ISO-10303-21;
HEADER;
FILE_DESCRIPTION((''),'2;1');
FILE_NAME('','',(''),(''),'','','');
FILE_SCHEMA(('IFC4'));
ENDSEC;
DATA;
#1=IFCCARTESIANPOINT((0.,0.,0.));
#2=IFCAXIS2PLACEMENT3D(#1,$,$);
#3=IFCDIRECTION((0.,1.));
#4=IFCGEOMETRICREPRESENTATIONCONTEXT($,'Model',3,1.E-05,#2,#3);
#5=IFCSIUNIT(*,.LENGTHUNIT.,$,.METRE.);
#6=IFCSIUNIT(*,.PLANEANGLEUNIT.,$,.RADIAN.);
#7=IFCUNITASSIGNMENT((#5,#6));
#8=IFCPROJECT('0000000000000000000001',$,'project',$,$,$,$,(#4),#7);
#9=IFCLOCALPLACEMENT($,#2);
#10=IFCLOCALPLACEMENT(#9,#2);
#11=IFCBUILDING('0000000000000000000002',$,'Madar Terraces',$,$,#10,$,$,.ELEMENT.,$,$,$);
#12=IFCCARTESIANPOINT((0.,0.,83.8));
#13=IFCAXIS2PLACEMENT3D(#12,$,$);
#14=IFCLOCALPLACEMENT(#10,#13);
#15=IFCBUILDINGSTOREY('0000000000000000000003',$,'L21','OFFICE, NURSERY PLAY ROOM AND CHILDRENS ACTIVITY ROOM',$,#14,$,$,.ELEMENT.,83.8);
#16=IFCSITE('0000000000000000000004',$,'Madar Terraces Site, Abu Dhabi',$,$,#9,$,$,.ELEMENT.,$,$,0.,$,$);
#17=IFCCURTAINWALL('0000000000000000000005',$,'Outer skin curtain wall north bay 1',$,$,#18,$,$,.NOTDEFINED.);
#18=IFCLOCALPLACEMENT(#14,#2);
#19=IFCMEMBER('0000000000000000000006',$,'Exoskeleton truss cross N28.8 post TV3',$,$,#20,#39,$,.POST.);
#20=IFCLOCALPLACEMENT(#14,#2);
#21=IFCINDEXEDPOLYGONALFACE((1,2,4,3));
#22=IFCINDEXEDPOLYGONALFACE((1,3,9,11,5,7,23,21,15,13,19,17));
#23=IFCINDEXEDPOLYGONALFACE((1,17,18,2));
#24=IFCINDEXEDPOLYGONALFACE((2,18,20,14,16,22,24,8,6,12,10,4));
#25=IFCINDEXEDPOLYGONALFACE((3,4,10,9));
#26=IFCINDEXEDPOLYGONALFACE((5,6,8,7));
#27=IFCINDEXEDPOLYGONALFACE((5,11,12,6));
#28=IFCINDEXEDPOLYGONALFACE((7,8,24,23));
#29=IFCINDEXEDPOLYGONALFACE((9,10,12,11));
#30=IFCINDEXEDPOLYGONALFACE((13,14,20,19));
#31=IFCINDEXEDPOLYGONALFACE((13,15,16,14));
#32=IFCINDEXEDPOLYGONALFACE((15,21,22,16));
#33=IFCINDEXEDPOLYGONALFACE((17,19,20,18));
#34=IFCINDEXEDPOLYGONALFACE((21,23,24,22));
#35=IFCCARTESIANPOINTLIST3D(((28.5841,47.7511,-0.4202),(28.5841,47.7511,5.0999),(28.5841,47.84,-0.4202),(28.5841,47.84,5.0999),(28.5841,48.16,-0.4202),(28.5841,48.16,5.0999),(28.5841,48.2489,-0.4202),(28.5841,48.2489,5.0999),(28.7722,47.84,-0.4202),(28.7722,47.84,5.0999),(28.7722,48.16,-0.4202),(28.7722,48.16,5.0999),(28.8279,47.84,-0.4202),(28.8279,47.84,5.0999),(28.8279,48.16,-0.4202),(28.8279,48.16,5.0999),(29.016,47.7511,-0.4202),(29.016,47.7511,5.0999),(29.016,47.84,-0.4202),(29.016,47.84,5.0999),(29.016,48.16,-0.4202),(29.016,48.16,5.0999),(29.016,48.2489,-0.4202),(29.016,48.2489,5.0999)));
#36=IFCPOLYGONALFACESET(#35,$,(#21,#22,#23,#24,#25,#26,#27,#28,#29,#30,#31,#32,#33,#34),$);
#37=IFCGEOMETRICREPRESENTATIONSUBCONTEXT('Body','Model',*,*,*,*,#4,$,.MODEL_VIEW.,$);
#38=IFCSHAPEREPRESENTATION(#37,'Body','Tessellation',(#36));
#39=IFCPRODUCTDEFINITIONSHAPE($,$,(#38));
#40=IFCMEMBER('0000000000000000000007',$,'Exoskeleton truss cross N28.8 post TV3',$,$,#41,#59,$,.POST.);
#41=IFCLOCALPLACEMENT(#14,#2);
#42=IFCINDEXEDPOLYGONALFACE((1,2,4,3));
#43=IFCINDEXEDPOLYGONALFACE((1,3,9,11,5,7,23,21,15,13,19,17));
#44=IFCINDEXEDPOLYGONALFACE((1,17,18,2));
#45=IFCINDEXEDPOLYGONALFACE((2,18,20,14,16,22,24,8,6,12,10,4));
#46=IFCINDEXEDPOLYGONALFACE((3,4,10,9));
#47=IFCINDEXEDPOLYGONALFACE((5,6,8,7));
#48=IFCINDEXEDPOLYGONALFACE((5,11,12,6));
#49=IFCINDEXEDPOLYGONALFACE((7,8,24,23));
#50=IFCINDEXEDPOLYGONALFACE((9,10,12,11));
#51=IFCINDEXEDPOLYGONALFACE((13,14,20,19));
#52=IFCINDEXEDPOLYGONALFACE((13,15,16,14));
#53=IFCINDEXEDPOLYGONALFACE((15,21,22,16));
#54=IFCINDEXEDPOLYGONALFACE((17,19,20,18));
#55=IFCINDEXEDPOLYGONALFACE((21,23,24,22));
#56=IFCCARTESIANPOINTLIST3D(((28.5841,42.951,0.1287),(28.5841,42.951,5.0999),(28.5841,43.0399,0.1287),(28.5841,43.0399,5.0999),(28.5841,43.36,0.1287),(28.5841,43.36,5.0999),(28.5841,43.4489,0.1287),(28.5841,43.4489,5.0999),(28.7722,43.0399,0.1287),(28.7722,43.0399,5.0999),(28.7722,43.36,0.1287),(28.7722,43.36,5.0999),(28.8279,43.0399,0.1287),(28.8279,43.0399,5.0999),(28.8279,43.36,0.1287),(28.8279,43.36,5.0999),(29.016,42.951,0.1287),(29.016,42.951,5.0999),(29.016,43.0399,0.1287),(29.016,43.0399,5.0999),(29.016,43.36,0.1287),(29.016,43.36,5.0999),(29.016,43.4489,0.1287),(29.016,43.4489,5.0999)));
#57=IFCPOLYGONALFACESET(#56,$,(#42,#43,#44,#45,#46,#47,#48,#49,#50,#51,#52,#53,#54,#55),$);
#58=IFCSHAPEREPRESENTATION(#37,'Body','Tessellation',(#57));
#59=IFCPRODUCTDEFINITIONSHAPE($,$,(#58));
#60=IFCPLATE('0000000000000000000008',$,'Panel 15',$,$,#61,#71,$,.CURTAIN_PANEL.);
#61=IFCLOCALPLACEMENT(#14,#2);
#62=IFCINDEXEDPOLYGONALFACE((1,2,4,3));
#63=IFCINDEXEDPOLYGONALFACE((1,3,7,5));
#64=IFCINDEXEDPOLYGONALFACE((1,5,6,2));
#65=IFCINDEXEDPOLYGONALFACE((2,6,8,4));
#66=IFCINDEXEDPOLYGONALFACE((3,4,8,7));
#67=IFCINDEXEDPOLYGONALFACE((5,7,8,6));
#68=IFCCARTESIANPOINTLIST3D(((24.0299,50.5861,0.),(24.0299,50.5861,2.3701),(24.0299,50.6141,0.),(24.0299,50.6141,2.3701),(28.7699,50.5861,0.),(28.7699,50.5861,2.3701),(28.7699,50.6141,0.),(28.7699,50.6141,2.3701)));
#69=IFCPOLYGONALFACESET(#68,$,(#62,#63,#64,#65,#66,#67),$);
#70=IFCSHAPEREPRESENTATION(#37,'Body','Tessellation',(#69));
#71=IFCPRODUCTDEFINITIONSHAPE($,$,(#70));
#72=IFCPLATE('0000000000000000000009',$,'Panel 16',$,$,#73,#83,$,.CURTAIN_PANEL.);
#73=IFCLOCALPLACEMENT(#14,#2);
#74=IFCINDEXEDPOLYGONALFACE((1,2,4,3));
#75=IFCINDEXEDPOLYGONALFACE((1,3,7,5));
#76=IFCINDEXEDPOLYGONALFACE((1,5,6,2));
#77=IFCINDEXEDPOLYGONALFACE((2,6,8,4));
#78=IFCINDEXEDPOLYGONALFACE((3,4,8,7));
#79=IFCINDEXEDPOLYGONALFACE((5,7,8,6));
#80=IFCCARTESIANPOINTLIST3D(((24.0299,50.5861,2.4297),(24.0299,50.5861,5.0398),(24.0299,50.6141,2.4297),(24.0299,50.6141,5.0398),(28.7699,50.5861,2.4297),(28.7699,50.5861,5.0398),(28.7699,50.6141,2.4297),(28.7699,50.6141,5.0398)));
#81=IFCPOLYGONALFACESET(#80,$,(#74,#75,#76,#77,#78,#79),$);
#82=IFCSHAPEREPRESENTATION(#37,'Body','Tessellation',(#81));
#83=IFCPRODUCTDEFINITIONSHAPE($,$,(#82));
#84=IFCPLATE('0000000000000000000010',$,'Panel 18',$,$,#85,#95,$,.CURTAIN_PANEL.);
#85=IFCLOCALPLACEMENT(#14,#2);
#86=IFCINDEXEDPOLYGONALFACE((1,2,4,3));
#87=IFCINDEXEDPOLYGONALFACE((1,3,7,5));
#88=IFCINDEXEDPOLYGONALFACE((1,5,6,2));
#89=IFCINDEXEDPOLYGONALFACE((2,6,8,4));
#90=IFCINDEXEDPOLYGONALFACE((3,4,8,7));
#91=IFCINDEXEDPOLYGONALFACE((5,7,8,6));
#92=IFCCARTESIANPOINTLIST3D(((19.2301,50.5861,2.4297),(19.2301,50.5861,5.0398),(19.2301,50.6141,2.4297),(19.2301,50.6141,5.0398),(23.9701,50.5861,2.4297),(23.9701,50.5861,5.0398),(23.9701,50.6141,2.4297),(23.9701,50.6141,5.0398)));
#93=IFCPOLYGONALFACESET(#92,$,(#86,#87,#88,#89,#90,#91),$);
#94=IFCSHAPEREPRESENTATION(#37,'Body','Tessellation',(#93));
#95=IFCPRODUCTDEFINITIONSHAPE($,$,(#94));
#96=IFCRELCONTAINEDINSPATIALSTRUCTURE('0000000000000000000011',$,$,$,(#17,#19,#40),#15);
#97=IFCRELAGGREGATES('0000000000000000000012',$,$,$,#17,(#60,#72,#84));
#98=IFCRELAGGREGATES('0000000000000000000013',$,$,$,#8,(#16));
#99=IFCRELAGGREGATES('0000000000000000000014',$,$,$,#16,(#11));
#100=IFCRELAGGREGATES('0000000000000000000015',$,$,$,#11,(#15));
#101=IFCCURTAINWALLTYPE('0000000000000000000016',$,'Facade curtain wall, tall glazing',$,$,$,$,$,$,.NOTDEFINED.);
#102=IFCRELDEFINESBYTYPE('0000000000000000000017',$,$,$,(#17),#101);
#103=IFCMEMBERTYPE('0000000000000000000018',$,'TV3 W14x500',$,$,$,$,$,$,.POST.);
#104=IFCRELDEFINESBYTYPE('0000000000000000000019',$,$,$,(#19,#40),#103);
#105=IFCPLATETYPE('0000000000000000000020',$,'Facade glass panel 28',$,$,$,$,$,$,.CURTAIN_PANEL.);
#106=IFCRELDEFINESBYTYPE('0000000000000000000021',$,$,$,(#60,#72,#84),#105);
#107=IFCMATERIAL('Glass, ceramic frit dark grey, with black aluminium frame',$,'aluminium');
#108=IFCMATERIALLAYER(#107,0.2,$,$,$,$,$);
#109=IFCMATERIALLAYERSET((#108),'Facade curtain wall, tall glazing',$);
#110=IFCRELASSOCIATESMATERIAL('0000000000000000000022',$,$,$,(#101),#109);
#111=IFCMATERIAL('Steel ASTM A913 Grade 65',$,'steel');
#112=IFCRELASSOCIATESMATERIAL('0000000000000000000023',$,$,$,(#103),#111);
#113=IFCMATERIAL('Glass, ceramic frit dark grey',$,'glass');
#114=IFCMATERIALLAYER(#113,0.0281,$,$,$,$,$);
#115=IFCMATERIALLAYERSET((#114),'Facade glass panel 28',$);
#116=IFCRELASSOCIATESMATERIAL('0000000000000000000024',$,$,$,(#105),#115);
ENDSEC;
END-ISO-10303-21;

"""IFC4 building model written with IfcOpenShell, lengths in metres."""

from ifc_helpers import new_model, si_unit, direction, frame, origin, origin_2d, place, context, subcontext, project, spatial, rectangle, i_section, extrude, material, layer, layer_set, material_profile, profile_set, type_object, element, aggregate, save


model = new_model("IFC4")

# Units and contexts
model_context = context("Model", 3, precision=1e-05, world=origin(), true_north=direction((0.0, 1.0)))
body_context = subcontext(model_context, "Body", "Model", "MODEL_VIEW")
ifc_project = project(units=[si_unit("LENGTHUNIT", "METRE"), si_unit("PLANEANGLEUNIT", "RADIAN")], contexts=[model_context])

# Site, building, storey
site_placement = place(None, origin())
site = spatial("IfcSite", under=ifc_project, at=site_placement, Name="Madar Terraces Site, Abu Dhabi", CompositionType="ELEMENT", RefElevation=0.0)
building_placement = place(site_placement, origin())
building = spatial("IfcBuilding", under=site, at=building_placement, Name="Madar Terraces", CompositionType="ELEMENT")
storey_placement = place(building_placement, frame((0.0, 0.0, 83.8)))
storey = spatial("IfcBuildingStorey", under=building, at=storey_placement, Name="L21", Description="OFFICE, NURSERY PLAY ROOM AND CHILDRENS ACTIVITY ROOM", CompositionType="ELEMENT", Elevation=83.8)

# Curtain wall
ifc_material_1 = material(Name="Glass, ceramic frit dark grey, with black aluminium frame", Category="aluminium")
ifc_layer_1 = layer(ifc_material_1, 0.2)
ifc_layer_set_1 = layer_set([ifc_layer_1], Name="Facade curtain wall, tall glazing")
curtain_wall_type = type_object("IfcCurtainWallType", Name="Facade curtain wall, tall glazing", PredefinedType="NOTDEFINED", material=ifc_layer_set_1)
curtain_wall_placement = place(storey_placement, origin())
curtain_wall = element("IfcCurtainWall", 1, at=curtain_wall_placement, inside=storey, type_object=curtain_wall_type, Name="Outer skin curtain wall north bay 1", PredefinedType="NOTDEFINED")

# Members
ifc_material_2 = material(Name="Steel ASTM A913 Grade 65", Category="steel")
ifc_material_profile_1 = material_profile(ifc_material_2, i_section(OverallWidth=0.4319, OverallDepth=0.4978, WebThickness=0.0557, FlangeThickness=0.0889, at=origin_2d()), Name="W14x500")
ifc_profile_set_1 = profile_set([ifc_material_profile_1], Name="Steel ASTM A913 Grade 65")
member_type_1 = type_object("IfcMemberType", Name="TV3 W14x500", PredefinedType="POST", material=ifc_profile_set_1)
member_1_placement = place(storey_placement, frame((28.8, 48.0, -0.4202), z_axis=(0.0, 0.0, 1.0), x_axis=(-1.0, 0.0, 0.0)))
element("IfcMember", 2, at=member_1_placement, inside=storey, type_object=member_type_1, Name="Exoskeleton truss cross N28.8 post TV3", PredefinedType="POST", context=body_context, shape_type="SweptSolid", body=[
    extrude(i_section(OverallWidth=0.4319, OverallDepth=0.4978, WebThickness=0.0557, FlangeThickness=0.0889, at=origin_2d()), origin(), (0.0, 0.0, 1.0), 5.52),
])
member_2_placement = place(storey_placement, frame((28.8, 43.2, 0.1287), z_axis=(0.0, 0.0, 1.0), x_axis=(-1.0, 0.0, 0.0)))
element("IfcMember", 3, at=member_2_placement, inside=storey, type_object=member_type_1, Name="Exoskeleton truss cross N28.8 post TV3", PredefinedType="POST", context=body_context, shape_type="SweptSolid", body=[
    extrude(i_section(OverallWidth=0.4319, OverallDepth=0.4978, WebThickness=0.0557, FlangeThickness=0.0889, at=origin_2d()), origin(), (0.0, 0.0, 1.0), 4.9712),
])

# Plates
ifc_material_3 = material(Name="Glass, ceramic frit dark grey", Category="glass")
ifc_layer_2 = layer(ifc_material_3, 0.0281)
ifc_layer_set_2 = layer_set([ifc_layer_2], Name="Facade glass panel 28")
plate_type = type_object("IfcPlateType", Name="Facade glass panel 28", PredefinedType="CURTAIN_PANEL", material=ifc_layer_set_2)
plate_1_placement = place(storey_placement, frame((26.3999, 50.6001, 0.0), z_axis=(0.0, 0.0, 1.0), x_axis=(-1.0, 0.0, 0.0)))
plate_1 = element("IfcPlate", 4, at=plate_1_placement, type_object=plate_type, Name="Panel 15", PredefinedType="CURTAIN_PANEL", context=body_context, shape_type="SweptSolid", body=[
    extrude(rectangle(XDim=4.74, YDim=0.0281, at=origin_2d()), origin(), (0.0, 0.0, 1.0), 2.3701),
])
plate_2_placement = place(storey_placement, frame((26.3999, 50.6001, 2.4297), z_axis=(0.0, 0.0, 1.0), x_axis=(-1.0, 0.0, 0.0)))
plate_2 = element("IfcPlate", 5, at=plate_2_placement, type_object=plate_type, Name="Panel 16", PredefinedType="CURTAIN_PANEL", context=body_context, shape_type="SweptSolid", body=[
    extrude(rectangle(XDim=4.74, YDim=0.0281, at=origin_2d()), origin(), (0.0, 0.0, 1.0), 2.6101),
])
plate_3_placement = place(storey_placement, frame((21.6001, 50.6001, 2.4297), z_axis=(0.0, 0.0, 1.0), x_axis=(-1.0, 0.0, 0.0)))
plate_3 = element("IfcPlate", 6, at=plate_3_placement, type_object=plate_type, Name="Panel 18", PredefinedType="CURTAIN_PANEL", context=body_context, shape_type="SweptSolid", body=[
    extrude(rectangle(XDim=4.74, YDim=0.0281, at=origin_2d()), origin(), (0.0, 0.0, 1.0), 2.6101),
])
aggregate(curtain_wall, [plate_1, plate_2, plate_3])

save(model, "model.ifc")
